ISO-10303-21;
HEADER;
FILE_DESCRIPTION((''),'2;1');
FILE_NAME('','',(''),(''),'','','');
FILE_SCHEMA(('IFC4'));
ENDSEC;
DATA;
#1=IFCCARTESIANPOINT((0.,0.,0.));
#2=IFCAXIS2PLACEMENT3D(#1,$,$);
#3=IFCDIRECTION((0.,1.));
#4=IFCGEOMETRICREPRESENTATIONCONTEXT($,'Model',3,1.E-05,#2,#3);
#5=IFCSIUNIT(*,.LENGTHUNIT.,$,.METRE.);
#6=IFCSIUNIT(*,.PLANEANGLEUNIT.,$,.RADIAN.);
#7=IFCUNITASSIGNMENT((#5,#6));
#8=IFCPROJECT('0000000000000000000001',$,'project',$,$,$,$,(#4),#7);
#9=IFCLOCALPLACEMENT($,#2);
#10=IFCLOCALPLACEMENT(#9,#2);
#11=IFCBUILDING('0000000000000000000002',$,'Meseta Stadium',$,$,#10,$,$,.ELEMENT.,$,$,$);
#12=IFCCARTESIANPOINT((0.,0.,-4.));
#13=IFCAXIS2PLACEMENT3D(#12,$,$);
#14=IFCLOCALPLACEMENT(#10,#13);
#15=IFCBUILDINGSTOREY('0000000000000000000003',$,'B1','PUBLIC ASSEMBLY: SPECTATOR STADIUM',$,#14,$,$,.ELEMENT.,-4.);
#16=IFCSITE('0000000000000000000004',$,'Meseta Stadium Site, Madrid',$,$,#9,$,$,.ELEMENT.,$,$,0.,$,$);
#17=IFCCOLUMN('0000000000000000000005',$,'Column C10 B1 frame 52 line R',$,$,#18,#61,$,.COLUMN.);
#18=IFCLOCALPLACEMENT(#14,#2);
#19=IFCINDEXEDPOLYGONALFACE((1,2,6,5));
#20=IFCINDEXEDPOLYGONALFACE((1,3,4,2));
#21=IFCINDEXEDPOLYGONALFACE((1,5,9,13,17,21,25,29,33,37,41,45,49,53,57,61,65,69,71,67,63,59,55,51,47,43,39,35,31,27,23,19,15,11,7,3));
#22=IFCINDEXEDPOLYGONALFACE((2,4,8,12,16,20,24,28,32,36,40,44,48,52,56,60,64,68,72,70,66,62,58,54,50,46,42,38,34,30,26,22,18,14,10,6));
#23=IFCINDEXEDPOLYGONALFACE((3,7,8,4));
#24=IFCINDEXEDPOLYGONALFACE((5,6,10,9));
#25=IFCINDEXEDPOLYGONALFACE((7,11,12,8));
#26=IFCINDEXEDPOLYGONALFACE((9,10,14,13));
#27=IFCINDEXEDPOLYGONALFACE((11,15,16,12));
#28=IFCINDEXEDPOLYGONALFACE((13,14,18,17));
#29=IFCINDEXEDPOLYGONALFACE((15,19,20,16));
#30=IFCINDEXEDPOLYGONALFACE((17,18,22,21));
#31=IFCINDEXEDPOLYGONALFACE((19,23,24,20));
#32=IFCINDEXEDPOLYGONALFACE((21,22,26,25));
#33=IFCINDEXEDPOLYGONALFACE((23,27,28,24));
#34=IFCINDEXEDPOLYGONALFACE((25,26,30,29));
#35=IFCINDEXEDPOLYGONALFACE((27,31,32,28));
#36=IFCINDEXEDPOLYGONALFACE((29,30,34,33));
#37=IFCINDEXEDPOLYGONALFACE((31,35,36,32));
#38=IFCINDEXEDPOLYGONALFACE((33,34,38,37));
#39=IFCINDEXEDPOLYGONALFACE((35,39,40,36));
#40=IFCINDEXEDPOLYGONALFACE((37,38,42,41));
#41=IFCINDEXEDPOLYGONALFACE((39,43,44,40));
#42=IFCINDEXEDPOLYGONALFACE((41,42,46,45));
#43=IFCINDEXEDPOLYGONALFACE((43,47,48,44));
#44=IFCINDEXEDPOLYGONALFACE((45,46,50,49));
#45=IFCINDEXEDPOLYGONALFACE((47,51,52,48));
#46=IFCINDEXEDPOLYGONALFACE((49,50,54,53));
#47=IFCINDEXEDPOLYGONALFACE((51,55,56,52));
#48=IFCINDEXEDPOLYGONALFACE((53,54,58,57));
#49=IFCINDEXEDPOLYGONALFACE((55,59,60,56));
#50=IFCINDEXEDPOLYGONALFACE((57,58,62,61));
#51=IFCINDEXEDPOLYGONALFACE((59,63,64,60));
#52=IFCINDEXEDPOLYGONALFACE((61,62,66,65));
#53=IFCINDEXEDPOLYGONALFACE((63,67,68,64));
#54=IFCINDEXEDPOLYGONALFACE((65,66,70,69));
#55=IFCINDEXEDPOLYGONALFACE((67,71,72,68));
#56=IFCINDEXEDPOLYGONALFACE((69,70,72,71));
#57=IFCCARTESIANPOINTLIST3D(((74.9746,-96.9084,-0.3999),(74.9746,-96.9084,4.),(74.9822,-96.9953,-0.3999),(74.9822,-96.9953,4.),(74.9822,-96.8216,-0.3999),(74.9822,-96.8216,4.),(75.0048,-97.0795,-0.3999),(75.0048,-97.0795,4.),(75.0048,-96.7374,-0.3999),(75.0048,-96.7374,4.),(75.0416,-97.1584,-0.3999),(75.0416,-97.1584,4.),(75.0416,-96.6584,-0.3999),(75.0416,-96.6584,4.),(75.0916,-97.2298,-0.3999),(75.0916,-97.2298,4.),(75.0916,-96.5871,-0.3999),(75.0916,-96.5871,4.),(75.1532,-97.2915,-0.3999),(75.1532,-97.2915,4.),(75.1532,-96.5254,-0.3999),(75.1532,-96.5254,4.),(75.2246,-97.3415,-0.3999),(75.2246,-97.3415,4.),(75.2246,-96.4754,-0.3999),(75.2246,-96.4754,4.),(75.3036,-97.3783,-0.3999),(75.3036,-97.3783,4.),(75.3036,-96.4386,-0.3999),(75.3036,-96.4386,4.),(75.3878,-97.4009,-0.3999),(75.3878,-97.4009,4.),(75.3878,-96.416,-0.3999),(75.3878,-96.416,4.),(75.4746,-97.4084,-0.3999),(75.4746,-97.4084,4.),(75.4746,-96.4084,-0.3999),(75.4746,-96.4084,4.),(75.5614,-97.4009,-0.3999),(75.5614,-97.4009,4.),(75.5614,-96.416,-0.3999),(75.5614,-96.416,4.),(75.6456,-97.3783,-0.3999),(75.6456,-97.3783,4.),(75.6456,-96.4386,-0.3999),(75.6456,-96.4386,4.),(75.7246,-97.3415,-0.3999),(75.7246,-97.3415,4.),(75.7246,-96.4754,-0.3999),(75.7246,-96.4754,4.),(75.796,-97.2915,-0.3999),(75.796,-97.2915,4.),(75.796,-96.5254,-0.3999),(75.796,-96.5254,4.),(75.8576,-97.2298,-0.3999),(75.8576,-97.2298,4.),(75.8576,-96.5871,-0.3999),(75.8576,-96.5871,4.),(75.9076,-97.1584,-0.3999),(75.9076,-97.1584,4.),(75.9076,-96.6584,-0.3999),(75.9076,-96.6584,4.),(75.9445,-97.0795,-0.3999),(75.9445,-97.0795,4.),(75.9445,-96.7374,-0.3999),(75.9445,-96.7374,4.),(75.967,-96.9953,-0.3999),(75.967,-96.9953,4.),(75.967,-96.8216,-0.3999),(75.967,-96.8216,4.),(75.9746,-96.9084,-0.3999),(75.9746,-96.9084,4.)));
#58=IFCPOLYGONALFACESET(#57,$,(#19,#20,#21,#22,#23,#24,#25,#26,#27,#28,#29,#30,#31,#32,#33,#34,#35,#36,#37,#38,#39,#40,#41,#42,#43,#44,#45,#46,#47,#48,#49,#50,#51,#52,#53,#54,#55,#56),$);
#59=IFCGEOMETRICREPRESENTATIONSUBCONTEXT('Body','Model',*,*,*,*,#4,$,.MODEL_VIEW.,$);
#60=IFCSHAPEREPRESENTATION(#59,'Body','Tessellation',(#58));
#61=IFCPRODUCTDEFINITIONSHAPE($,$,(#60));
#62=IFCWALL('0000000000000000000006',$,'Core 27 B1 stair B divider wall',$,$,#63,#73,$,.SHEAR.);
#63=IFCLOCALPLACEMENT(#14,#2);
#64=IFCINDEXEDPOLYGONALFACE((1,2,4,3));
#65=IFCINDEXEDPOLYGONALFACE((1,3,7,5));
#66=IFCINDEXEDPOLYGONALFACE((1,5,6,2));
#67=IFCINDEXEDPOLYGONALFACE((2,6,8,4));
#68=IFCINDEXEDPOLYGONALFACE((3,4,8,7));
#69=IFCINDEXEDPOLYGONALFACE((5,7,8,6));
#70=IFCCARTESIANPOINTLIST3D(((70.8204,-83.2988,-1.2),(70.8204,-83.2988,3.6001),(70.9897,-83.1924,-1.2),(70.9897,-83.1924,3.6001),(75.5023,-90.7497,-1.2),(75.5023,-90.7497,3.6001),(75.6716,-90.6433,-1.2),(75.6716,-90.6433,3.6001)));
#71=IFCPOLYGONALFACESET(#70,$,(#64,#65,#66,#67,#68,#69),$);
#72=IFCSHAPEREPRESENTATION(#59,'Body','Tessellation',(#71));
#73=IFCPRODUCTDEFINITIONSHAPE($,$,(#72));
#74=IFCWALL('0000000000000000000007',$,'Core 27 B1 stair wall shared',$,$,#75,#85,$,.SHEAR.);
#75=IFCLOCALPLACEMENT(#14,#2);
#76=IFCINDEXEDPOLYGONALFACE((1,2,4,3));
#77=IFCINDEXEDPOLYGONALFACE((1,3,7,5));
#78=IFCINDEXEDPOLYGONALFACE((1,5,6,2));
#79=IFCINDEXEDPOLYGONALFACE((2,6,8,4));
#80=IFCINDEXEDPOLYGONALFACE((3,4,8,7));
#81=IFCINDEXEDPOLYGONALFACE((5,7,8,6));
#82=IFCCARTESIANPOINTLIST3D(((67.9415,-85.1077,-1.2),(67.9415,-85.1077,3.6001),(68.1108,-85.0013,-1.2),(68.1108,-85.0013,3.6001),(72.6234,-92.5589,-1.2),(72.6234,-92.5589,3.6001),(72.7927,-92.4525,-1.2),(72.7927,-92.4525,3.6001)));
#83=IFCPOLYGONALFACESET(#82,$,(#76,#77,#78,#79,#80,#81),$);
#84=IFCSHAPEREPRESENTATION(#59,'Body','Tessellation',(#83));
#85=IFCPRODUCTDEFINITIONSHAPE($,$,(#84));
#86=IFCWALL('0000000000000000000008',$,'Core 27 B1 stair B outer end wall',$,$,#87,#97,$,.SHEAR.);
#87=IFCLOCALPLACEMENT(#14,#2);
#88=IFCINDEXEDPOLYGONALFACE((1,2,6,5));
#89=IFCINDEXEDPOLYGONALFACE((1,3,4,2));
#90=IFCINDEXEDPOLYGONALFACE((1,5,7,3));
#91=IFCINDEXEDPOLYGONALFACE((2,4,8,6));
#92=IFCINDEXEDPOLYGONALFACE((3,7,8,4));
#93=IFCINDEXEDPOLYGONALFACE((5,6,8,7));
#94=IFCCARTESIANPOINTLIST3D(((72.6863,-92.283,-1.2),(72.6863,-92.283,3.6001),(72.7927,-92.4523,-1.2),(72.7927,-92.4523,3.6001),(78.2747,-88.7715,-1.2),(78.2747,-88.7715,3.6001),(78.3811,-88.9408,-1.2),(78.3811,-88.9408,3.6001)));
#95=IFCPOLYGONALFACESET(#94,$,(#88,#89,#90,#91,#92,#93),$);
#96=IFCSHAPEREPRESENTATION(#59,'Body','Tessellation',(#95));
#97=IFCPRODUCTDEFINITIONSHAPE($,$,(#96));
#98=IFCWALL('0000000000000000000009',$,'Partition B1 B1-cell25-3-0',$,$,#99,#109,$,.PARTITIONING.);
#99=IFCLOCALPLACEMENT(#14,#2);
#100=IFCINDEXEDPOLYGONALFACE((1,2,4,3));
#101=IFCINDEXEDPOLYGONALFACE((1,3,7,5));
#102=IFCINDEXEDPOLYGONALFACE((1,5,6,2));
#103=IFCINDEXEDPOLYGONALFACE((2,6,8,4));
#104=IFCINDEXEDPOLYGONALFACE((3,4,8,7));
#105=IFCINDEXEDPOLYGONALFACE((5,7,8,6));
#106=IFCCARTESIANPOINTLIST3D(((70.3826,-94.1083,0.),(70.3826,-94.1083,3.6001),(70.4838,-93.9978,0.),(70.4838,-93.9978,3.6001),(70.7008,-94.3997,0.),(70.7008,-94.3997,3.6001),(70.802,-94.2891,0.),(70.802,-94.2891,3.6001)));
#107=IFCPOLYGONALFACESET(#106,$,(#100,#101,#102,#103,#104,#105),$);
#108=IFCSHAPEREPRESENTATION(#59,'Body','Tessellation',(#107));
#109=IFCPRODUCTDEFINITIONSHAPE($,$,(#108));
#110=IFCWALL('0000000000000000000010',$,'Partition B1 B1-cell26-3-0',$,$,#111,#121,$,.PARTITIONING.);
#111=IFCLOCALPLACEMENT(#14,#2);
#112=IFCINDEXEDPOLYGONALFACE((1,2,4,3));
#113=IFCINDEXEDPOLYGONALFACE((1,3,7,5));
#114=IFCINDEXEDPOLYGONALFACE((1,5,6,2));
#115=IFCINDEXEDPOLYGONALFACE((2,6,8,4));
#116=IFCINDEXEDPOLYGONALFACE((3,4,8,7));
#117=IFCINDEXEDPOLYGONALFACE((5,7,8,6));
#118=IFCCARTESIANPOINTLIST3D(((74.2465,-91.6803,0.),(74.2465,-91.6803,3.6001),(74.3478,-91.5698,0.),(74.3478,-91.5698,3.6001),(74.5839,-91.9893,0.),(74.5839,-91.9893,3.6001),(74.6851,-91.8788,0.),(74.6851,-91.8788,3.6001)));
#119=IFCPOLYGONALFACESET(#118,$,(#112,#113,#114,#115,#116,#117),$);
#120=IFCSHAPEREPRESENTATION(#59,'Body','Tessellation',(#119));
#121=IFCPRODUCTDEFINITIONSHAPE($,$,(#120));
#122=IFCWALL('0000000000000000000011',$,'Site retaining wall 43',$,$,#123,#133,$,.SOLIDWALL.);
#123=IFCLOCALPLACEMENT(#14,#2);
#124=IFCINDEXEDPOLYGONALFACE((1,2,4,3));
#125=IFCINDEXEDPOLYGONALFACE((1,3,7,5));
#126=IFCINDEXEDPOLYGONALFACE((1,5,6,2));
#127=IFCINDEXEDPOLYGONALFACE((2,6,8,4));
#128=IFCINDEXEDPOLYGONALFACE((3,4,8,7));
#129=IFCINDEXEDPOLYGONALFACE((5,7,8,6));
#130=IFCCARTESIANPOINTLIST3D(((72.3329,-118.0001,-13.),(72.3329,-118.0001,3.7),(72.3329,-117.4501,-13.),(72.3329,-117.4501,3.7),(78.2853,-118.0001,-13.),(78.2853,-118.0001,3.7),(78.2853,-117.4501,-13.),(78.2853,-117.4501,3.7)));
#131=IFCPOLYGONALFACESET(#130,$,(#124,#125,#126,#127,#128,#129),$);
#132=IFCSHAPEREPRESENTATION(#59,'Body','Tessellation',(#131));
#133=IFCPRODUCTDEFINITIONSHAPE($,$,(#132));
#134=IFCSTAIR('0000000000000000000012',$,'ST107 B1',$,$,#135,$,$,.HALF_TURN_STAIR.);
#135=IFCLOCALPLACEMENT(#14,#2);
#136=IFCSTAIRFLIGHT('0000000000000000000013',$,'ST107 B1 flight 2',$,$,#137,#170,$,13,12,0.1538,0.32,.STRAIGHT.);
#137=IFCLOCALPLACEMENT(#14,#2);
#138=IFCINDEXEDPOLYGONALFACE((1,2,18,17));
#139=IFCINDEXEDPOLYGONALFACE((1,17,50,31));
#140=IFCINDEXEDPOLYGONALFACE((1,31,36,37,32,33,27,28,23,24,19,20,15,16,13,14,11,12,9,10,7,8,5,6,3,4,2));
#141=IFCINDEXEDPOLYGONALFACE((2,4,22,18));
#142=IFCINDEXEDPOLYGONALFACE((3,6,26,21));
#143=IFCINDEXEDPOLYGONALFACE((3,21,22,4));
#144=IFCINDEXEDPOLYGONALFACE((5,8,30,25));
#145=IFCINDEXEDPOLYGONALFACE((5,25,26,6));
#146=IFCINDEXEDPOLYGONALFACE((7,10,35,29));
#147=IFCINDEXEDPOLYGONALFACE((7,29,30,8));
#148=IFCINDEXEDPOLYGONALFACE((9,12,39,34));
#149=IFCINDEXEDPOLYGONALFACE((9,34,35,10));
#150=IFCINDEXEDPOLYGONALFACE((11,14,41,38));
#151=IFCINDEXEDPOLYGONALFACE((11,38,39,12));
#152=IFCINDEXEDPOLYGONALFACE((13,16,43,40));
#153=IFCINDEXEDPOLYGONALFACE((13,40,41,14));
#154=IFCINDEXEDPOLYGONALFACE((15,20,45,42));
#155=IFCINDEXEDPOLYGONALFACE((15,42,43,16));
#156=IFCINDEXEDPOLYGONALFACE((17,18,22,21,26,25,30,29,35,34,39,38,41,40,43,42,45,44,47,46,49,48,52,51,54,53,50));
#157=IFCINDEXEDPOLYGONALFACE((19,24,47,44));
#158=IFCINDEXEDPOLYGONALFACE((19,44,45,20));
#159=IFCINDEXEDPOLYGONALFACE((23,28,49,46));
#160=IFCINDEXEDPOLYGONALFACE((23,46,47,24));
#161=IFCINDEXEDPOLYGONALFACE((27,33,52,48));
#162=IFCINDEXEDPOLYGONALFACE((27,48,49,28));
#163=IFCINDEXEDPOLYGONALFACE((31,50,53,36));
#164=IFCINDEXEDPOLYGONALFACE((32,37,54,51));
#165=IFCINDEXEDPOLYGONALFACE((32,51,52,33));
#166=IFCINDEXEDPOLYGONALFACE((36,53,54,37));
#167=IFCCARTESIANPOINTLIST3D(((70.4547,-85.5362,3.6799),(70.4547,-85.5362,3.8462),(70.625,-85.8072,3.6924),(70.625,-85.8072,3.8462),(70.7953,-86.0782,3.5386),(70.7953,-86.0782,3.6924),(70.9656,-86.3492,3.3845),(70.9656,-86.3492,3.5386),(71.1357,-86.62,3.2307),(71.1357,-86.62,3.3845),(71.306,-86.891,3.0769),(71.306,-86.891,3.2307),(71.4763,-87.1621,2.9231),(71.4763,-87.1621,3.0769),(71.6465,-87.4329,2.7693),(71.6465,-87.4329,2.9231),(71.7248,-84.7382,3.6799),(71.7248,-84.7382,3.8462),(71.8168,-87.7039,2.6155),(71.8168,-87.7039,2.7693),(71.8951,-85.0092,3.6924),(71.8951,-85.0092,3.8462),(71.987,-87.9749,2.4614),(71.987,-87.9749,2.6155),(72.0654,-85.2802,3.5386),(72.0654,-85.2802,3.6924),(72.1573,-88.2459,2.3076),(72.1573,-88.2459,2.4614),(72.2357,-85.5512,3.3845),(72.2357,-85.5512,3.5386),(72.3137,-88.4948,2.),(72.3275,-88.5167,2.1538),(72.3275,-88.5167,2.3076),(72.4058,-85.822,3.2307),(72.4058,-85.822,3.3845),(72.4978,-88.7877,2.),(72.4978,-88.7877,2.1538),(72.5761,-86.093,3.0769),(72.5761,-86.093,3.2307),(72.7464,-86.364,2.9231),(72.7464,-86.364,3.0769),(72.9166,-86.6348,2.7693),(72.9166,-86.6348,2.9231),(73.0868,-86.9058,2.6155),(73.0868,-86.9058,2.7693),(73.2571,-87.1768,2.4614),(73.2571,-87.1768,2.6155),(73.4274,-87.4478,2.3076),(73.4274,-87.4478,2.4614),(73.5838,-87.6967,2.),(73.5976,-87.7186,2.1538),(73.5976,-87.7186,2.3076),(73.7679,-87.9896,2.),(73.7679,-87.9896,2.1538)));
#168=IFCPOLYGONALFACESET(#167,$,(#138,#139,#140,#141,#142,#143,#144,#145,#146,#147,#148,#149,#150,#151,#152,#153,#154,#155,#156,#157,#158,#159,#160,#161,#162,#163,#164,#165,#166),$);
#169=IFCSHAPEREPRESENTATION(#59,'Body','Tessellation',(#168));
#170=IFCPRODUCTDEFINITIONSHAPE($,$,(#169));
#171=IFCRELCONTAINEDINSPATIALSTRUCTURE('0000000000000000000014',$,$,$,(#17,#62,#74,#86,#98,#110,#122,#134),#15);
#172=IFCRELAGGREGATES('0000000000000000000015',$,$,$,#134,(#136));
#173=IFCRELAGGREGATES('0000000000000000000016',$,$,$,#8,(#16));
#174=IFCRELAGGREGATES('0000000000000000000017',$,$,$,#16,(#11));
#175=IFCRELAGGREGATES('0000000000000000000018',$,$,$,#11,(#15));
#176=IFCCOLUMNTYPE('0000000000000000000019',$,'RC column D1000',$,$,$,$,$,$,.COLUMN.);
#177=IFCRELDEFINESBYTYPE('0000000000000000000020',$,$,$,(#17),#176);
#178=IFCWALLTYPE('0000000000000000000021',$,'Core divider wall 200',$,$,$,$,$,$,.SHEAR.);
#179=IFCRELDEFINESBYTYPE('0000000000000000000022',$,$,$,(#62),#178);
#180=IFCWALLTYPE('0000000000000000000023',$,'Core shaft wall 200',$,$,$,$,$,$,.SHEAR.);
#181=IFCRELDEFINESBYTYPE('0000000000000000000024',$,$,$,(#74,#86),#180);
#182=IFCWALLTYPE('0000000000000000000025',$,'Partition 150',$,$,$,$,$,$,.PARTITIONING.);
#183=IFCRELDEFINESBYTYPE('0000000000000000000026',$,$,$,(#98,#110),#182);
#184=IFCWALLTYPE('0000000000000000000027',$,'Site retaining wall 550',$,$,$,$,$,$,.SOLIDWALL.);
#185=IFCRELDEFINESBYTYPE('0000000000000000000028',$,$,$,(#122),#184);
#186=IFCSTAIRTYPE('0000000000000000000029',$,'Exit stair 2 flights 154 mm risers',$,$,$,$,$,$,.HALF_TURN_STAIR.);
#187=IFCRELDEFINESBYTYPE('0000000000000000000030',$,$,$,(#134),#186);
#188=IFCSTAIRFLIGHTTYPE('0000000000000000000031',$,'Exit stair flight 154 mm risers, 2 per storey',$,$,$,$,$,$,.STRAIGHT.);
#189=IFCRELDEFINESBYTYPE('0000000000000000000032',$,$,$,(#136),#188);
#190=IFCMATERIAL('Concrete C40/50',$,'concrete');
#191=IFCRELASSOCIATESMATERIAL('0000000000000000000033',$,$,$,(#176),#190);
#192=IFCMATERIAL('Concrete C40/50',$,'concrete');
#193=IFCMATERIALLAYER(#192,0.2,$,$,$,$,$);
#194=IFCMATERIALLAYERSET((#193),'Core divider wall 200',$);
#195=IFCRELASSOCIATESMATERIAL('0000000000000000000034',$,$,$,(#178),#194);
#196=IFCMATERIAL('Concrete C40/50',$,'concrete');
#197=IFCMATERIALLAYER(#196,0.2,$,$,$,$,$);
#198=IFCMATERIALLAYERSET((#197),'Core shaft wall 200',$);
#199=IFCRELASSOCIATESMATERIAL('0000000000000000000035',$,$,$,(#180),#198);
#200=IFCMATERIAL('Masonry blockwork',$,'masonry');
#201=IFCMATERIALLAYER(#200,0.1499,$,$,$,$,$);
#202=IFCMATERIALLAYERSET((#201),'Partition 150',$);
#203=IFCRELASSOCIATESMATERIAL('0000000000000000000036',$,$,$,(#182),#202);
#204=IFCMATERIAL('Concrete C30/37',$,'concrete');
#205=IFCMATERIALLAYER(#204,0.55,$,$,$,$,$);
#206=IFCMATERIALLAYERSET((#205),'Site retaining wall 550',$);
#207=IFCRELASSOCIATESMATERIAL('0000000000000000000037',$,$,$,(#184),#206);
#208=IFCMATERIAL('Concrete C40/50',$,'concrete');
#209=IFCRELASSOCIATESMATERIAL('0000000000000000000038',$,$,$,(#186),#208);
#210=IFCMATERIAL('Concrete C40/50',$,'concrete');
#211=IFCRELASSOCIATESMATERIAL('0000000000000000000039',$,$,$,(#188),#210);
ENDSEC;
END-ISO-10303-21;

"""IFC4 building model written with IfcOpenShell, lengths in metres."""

from ifc_helpers import new_model, si_unit, direction, frame, frame_2d, origin, origin_2d, place, context, subcontext, project, spatial, polyline, rectangle, circle, outline, extrude, material, layer, layer_set, material_profile, profile_set, type_object, element, aggregate, save


model = new_model("IFC4")

# Units and contexts
model_context = context("Model", 3, precision=1e-05, world=origin(), true_north=direction((0.0, 1.0)))
body_context = subcontext(model_context, "Body", "Model", "MODEL_VIEW")
ifc_project = project(units=[si_unit("LENGTHUNIT", "METRE"), si_unit("PLANEANGLEUNIT", "RADIAN")], contexts=[model_context])

# Site, building, storey
site_placement = place(None, origin())
site = spatial("IfcSite", under=ifc_project, at=site_placement, Name="Meseta Stadium Site, Madrid", CompositionType="ELEMENT", RefElevation=0.0)
building_placement = place(site_placement, origin())
building = spatial("IfcBuilding", under=site, at=building_placement, Name="Meseta Stadium", CompositionType="ELEMENT")
storey_placement = place(building_placement, frame((0.0, 0.0, -4.0)))
storey = spatial("IfcBuildingStorey", under=building, at=storey_placement, Name="B1", Description="PUBLIC ASSEMBLY: SPECTATOR STADIUM", CompositionType="ELEMENT", Elevation=-4.0)

# Column
ifc_material_1 = material(Name="Concrete C40/50", Category="concrete")
ifc_material_profile = material_profile(ifc_material_1, circle(Radius=0.5, at=origin_2d()), Name="RC D1000")
ifc_profile_set = profile_set([ifc_material_profile], Name="Concrete C40/50")
column_type = type_object("IfcColumnType", Name="RC column D1000", PredefinedType="COLUMN", material=ifc_profile_set)
column_placement = place(storey_placement, frame((75.4746, -96.9084, -0.3999), z_axis=(0.0, 0.0, 1.0), x_axis=(1.0, 0.0, 0.0)))
element("IfcColumn", 1, at=column_placement, inside=storey, type_object=column_type, Name="Column C10 B1 frame 52 line R", PredefinedType="COLUMN", context=body_context, shape_type="SweptSolid", body=[
    extrude(circle(Radius=0.5, at=origin_2d()), origin(), (0.0, 0.0, 1.0), 4.3999),
])

# Walls
ifc_material_2 = material(Name="Concrete C40/50", Category="concrete")
ifc_layer_1 = layer(ifc_material_2, 0.2)
ifc_layer_set_1 = layer_set([ifc_layer_1], Name="Core divider wall 200")
wall_type_1 = type_object("IfcWallType", Name="Core divider wall 200", PredefinedType="SHEAR", material=ifc_layer_set_1)
wall_1_placement = place(storey_placement, frame((75.5869, -90.6965, -1.2), z_axis=(0.0, 0.0, 1.0), x_axis=(-0.532045, 0.846716, 0.0)))
element("IfcWall", 2, at=wall_1_placement, inside=storey, type_object=wall_type_1, Name="Core 27 B1 stair B divider wall", PredefinedType="SHEAR", context=body_context, shape_type="SweptSolid", body=[
    extrude(rectangle(XDim=8.7998, YDim=0.2, at=frame_2d((4.3999, 0.0))), origin(), (0.0, 0.0, 1.0), 4.8),
])
ifc_material_3 = material(Name="Concrete C40/50", Category="concrete")
ifc_layer_2 = layer(ifc_material_3, 0.2)
ifc_layer_set_2 = layer_set([ifc_layer_2], Name="Core shaft wall 200")
wall_type_2 = type_object("IfcWallType", Name="Core shaft wall 200", PredefinedType="SHEAR", material=ifc_layer_set_2)
wall_2_placement = place(storey_placement, frame((72.708, -92.5056, -1.2), z_axis=(0.0, 0.0, 1.0), x_axis=(-0.532032, 0.846724, 0.0)))
element("IfcWall", 3, at=wall_2_placement, inside=storey, type_object=wall_type_2, Name="Core 27 B1 stair wall shared", PredefinedType="SHEAR", context=body_context, shape_type="SweptSolid", body=[
    extrude(rectangle(XDim=8.8, YDim=0.2, at=frame_2d((4.3999, 0.0))), origin(), (0.0, 0.0, 1.0), 4.8),
])
wall_3_placement = place(storey_placement, frame((72.7395, -92.3677, -1.2), z_axis=(0.0, 0.0, 1.0), x_axis=(0.84672, 0.532039, 0.0)))
element("IfcWall", 4, at=wall_3_placement, inside=storey, type_object=wall_type_2, Name="Core 27 B1 stair B outer end wall", PredefinedType="SHEAR", context=body_context, shape_type="SweptSolid", body=[
    extrude(rectangle(XDim=6.6001, YDim=0.2, at=frame_2d((3.3, 0.0))), origin(), (0.0, 0.0, 1.0), 4.8),
])
ifc_material_4 = material(Name="Masonry blockwork", Category="masonry")
ifc_layer_3 = layer(ifc_material_4, 0.1499)
ifc_layer_set_3 = layer_set([ifc_layer_3], Name="Partition 150")
wall_type_3 = type_object("IfcWallType", Name="Partition 150", PredefinedType="PARTITIONING", material=ifc_layer_set_3)
wall_4_placement = place(storey_placement, frame((70.4331, -94.053, 0.0), z_axis=(0.0, 0.0, 1.0), x_axis=(0.737553, -0.675289, 0.0)))
element("IfcWall", 5, at=wall_4_placement, inside=storey, type_object=wall_type_3, Name="Partition B1 B1-cell25-3-0", PredefinedType="PARTITIONING", context=body_context, shape_type="SweptSolid", body=[
    extrude(rectangle(XDim=0.4314, YDim=0.1499, at=frame_2d((0.2158, 0.0))), origin(), (0.0, 0.0, 1.0), 3.6001),
])
wall_5_placement = place(storey_placement, frame((74.6345, -91.9341, 0.0), z_axis=(0.0, 0.0, 1.0), x_axis=(-0.737376, 0.675483, 0.0)))
element("IfcWall", 6, at=wall_5_placement, inside=storey, type_object=wall_type_3, Name="Partition B1 B1-cell26-3-0", PredefinedType="PARTITIONING", context=body_context, shape_type="SweptSolid", body=[
    extrude(rectangle(XDim=0.4575, YDim=0.1499, at=frame_2d((0.2288, 0.0))), origin(), (0.0, 0.0, 1.0), 3.6001),
])
ifc_material_5 = material(Name="Concrete C30/37", Category="concrete")
ifc_layer_4 = layer(ifc_material_5, 0.55)
ifc_layer_set_4 = layer_set([ifc_layer_4], Name="Site retaining wall 550")
wall_type_4 = type_object("IfcWallType", Name="Site retaining wall 550", PredefinedType="SOLIDWALL", material=ifc_layer_set_4)
wall_6_placement = place(storey_placement, frame((72.333, -117.7251, -13.0), z_axis=(0.0, 0.0, 1.0), x_axis=(1.0, 0.0, 0.0)))
element("IfcWall", 7, at=wall_6_placement, inside=storey, type_object=wall_type_4, Name="Site retaining wall 43", PredefinedType="SOLIDWALL", context=body_context, shape_type="SweptSolid", body=[
    extrude(rectangle(XDim=5.9524, YDim=0.55, at=frame_2d((2.9761, 0.0))), origin(), (0.0, 0.0, 1.0), 16.7),
])

# Stair, stair flight
ifc_material_6 = material(Name="Concrete C40/50", Category="concrete")
stair_type = type_object("IfcStairType", Name="Exit stair 2 flights 154 mm risers", PredefinedType="HALF_TURN_STAIR", material=ifc_material_6)
stair_1_placement = place(storey_placement, origin())
stair_1 = element("IfcStair", 8, at=stair_1_placement, inside=storey, type_object=stair_type, Name="ST107 B1", PredefinedType="HALF_TURN_STAIR")
ifc_material_7 = material(Name="Concrete C40/50", Category="concrete")
stair_flight_type = type_object("IfcStairFlightType", Name="Exit stair flight 154 mm risers, 2 per storey", PredefinedType="STRAIGHT", material=ifc_material_7)
stair_flight_1_placement = place(storey_placement, frame((73.1328, -88.3887, 2.0), z_axis=(0.0, 0.0, 1.0), x_axis=(-0.532032, 0.846724, 0.0)))
stair_flight_1 = element("IfcStairFlight", 9, at=stair_flight_1_placement, type_object=stair_flight_type, Name="ST107 B1 flight 2", NumberOfRisers=13, NumberOfTreads=12, PredefinedType="STRAIGHT", RiserHeight=0.1538, TreadLength=0.32, context=body_context, shape_type="SweptSolid", body=[
    extrude(outline(polyline([(0.0, 0.0), (0.0, 0.1538), (0.3201, 0.1538), (0.3201, 0.3076), (0.6399, 0.3076), (0.6399, 0.4614), (0.96, 0.4614), (0.96, 0.6155), (1.28, 0.6155), (1.28, 0.7693), (1.6001, 0.7693), (1.6001, 0.9231), (1.9199, 0.9231), (1.9199, 1.0769), (2.24, 1.0769), (2.24, 1.2307), (2.5601, 1.2307), (2.5601, 1.3845), (2.8799, 1.3845), (2.8799, 1.5386), (3.2, 1.5386), (3.2, 1.6924), (3.52, 1.6924), (3.52, 1.8462), (3.8401, 1.8462), (3.8401, 1.6799), (0.3459, 0.0), (0.0, 0.0)])), frame((0.0, 0.75, 0.0), z_axis=(0.0, -1.0, 0.0), x_axis=(1.0, 0.0, 0.0)), (0.0, 0.0, 1.0), 1.5),
])
aggregate(stair_1, [stair_flight_1])

save(model, "model.ifc")
